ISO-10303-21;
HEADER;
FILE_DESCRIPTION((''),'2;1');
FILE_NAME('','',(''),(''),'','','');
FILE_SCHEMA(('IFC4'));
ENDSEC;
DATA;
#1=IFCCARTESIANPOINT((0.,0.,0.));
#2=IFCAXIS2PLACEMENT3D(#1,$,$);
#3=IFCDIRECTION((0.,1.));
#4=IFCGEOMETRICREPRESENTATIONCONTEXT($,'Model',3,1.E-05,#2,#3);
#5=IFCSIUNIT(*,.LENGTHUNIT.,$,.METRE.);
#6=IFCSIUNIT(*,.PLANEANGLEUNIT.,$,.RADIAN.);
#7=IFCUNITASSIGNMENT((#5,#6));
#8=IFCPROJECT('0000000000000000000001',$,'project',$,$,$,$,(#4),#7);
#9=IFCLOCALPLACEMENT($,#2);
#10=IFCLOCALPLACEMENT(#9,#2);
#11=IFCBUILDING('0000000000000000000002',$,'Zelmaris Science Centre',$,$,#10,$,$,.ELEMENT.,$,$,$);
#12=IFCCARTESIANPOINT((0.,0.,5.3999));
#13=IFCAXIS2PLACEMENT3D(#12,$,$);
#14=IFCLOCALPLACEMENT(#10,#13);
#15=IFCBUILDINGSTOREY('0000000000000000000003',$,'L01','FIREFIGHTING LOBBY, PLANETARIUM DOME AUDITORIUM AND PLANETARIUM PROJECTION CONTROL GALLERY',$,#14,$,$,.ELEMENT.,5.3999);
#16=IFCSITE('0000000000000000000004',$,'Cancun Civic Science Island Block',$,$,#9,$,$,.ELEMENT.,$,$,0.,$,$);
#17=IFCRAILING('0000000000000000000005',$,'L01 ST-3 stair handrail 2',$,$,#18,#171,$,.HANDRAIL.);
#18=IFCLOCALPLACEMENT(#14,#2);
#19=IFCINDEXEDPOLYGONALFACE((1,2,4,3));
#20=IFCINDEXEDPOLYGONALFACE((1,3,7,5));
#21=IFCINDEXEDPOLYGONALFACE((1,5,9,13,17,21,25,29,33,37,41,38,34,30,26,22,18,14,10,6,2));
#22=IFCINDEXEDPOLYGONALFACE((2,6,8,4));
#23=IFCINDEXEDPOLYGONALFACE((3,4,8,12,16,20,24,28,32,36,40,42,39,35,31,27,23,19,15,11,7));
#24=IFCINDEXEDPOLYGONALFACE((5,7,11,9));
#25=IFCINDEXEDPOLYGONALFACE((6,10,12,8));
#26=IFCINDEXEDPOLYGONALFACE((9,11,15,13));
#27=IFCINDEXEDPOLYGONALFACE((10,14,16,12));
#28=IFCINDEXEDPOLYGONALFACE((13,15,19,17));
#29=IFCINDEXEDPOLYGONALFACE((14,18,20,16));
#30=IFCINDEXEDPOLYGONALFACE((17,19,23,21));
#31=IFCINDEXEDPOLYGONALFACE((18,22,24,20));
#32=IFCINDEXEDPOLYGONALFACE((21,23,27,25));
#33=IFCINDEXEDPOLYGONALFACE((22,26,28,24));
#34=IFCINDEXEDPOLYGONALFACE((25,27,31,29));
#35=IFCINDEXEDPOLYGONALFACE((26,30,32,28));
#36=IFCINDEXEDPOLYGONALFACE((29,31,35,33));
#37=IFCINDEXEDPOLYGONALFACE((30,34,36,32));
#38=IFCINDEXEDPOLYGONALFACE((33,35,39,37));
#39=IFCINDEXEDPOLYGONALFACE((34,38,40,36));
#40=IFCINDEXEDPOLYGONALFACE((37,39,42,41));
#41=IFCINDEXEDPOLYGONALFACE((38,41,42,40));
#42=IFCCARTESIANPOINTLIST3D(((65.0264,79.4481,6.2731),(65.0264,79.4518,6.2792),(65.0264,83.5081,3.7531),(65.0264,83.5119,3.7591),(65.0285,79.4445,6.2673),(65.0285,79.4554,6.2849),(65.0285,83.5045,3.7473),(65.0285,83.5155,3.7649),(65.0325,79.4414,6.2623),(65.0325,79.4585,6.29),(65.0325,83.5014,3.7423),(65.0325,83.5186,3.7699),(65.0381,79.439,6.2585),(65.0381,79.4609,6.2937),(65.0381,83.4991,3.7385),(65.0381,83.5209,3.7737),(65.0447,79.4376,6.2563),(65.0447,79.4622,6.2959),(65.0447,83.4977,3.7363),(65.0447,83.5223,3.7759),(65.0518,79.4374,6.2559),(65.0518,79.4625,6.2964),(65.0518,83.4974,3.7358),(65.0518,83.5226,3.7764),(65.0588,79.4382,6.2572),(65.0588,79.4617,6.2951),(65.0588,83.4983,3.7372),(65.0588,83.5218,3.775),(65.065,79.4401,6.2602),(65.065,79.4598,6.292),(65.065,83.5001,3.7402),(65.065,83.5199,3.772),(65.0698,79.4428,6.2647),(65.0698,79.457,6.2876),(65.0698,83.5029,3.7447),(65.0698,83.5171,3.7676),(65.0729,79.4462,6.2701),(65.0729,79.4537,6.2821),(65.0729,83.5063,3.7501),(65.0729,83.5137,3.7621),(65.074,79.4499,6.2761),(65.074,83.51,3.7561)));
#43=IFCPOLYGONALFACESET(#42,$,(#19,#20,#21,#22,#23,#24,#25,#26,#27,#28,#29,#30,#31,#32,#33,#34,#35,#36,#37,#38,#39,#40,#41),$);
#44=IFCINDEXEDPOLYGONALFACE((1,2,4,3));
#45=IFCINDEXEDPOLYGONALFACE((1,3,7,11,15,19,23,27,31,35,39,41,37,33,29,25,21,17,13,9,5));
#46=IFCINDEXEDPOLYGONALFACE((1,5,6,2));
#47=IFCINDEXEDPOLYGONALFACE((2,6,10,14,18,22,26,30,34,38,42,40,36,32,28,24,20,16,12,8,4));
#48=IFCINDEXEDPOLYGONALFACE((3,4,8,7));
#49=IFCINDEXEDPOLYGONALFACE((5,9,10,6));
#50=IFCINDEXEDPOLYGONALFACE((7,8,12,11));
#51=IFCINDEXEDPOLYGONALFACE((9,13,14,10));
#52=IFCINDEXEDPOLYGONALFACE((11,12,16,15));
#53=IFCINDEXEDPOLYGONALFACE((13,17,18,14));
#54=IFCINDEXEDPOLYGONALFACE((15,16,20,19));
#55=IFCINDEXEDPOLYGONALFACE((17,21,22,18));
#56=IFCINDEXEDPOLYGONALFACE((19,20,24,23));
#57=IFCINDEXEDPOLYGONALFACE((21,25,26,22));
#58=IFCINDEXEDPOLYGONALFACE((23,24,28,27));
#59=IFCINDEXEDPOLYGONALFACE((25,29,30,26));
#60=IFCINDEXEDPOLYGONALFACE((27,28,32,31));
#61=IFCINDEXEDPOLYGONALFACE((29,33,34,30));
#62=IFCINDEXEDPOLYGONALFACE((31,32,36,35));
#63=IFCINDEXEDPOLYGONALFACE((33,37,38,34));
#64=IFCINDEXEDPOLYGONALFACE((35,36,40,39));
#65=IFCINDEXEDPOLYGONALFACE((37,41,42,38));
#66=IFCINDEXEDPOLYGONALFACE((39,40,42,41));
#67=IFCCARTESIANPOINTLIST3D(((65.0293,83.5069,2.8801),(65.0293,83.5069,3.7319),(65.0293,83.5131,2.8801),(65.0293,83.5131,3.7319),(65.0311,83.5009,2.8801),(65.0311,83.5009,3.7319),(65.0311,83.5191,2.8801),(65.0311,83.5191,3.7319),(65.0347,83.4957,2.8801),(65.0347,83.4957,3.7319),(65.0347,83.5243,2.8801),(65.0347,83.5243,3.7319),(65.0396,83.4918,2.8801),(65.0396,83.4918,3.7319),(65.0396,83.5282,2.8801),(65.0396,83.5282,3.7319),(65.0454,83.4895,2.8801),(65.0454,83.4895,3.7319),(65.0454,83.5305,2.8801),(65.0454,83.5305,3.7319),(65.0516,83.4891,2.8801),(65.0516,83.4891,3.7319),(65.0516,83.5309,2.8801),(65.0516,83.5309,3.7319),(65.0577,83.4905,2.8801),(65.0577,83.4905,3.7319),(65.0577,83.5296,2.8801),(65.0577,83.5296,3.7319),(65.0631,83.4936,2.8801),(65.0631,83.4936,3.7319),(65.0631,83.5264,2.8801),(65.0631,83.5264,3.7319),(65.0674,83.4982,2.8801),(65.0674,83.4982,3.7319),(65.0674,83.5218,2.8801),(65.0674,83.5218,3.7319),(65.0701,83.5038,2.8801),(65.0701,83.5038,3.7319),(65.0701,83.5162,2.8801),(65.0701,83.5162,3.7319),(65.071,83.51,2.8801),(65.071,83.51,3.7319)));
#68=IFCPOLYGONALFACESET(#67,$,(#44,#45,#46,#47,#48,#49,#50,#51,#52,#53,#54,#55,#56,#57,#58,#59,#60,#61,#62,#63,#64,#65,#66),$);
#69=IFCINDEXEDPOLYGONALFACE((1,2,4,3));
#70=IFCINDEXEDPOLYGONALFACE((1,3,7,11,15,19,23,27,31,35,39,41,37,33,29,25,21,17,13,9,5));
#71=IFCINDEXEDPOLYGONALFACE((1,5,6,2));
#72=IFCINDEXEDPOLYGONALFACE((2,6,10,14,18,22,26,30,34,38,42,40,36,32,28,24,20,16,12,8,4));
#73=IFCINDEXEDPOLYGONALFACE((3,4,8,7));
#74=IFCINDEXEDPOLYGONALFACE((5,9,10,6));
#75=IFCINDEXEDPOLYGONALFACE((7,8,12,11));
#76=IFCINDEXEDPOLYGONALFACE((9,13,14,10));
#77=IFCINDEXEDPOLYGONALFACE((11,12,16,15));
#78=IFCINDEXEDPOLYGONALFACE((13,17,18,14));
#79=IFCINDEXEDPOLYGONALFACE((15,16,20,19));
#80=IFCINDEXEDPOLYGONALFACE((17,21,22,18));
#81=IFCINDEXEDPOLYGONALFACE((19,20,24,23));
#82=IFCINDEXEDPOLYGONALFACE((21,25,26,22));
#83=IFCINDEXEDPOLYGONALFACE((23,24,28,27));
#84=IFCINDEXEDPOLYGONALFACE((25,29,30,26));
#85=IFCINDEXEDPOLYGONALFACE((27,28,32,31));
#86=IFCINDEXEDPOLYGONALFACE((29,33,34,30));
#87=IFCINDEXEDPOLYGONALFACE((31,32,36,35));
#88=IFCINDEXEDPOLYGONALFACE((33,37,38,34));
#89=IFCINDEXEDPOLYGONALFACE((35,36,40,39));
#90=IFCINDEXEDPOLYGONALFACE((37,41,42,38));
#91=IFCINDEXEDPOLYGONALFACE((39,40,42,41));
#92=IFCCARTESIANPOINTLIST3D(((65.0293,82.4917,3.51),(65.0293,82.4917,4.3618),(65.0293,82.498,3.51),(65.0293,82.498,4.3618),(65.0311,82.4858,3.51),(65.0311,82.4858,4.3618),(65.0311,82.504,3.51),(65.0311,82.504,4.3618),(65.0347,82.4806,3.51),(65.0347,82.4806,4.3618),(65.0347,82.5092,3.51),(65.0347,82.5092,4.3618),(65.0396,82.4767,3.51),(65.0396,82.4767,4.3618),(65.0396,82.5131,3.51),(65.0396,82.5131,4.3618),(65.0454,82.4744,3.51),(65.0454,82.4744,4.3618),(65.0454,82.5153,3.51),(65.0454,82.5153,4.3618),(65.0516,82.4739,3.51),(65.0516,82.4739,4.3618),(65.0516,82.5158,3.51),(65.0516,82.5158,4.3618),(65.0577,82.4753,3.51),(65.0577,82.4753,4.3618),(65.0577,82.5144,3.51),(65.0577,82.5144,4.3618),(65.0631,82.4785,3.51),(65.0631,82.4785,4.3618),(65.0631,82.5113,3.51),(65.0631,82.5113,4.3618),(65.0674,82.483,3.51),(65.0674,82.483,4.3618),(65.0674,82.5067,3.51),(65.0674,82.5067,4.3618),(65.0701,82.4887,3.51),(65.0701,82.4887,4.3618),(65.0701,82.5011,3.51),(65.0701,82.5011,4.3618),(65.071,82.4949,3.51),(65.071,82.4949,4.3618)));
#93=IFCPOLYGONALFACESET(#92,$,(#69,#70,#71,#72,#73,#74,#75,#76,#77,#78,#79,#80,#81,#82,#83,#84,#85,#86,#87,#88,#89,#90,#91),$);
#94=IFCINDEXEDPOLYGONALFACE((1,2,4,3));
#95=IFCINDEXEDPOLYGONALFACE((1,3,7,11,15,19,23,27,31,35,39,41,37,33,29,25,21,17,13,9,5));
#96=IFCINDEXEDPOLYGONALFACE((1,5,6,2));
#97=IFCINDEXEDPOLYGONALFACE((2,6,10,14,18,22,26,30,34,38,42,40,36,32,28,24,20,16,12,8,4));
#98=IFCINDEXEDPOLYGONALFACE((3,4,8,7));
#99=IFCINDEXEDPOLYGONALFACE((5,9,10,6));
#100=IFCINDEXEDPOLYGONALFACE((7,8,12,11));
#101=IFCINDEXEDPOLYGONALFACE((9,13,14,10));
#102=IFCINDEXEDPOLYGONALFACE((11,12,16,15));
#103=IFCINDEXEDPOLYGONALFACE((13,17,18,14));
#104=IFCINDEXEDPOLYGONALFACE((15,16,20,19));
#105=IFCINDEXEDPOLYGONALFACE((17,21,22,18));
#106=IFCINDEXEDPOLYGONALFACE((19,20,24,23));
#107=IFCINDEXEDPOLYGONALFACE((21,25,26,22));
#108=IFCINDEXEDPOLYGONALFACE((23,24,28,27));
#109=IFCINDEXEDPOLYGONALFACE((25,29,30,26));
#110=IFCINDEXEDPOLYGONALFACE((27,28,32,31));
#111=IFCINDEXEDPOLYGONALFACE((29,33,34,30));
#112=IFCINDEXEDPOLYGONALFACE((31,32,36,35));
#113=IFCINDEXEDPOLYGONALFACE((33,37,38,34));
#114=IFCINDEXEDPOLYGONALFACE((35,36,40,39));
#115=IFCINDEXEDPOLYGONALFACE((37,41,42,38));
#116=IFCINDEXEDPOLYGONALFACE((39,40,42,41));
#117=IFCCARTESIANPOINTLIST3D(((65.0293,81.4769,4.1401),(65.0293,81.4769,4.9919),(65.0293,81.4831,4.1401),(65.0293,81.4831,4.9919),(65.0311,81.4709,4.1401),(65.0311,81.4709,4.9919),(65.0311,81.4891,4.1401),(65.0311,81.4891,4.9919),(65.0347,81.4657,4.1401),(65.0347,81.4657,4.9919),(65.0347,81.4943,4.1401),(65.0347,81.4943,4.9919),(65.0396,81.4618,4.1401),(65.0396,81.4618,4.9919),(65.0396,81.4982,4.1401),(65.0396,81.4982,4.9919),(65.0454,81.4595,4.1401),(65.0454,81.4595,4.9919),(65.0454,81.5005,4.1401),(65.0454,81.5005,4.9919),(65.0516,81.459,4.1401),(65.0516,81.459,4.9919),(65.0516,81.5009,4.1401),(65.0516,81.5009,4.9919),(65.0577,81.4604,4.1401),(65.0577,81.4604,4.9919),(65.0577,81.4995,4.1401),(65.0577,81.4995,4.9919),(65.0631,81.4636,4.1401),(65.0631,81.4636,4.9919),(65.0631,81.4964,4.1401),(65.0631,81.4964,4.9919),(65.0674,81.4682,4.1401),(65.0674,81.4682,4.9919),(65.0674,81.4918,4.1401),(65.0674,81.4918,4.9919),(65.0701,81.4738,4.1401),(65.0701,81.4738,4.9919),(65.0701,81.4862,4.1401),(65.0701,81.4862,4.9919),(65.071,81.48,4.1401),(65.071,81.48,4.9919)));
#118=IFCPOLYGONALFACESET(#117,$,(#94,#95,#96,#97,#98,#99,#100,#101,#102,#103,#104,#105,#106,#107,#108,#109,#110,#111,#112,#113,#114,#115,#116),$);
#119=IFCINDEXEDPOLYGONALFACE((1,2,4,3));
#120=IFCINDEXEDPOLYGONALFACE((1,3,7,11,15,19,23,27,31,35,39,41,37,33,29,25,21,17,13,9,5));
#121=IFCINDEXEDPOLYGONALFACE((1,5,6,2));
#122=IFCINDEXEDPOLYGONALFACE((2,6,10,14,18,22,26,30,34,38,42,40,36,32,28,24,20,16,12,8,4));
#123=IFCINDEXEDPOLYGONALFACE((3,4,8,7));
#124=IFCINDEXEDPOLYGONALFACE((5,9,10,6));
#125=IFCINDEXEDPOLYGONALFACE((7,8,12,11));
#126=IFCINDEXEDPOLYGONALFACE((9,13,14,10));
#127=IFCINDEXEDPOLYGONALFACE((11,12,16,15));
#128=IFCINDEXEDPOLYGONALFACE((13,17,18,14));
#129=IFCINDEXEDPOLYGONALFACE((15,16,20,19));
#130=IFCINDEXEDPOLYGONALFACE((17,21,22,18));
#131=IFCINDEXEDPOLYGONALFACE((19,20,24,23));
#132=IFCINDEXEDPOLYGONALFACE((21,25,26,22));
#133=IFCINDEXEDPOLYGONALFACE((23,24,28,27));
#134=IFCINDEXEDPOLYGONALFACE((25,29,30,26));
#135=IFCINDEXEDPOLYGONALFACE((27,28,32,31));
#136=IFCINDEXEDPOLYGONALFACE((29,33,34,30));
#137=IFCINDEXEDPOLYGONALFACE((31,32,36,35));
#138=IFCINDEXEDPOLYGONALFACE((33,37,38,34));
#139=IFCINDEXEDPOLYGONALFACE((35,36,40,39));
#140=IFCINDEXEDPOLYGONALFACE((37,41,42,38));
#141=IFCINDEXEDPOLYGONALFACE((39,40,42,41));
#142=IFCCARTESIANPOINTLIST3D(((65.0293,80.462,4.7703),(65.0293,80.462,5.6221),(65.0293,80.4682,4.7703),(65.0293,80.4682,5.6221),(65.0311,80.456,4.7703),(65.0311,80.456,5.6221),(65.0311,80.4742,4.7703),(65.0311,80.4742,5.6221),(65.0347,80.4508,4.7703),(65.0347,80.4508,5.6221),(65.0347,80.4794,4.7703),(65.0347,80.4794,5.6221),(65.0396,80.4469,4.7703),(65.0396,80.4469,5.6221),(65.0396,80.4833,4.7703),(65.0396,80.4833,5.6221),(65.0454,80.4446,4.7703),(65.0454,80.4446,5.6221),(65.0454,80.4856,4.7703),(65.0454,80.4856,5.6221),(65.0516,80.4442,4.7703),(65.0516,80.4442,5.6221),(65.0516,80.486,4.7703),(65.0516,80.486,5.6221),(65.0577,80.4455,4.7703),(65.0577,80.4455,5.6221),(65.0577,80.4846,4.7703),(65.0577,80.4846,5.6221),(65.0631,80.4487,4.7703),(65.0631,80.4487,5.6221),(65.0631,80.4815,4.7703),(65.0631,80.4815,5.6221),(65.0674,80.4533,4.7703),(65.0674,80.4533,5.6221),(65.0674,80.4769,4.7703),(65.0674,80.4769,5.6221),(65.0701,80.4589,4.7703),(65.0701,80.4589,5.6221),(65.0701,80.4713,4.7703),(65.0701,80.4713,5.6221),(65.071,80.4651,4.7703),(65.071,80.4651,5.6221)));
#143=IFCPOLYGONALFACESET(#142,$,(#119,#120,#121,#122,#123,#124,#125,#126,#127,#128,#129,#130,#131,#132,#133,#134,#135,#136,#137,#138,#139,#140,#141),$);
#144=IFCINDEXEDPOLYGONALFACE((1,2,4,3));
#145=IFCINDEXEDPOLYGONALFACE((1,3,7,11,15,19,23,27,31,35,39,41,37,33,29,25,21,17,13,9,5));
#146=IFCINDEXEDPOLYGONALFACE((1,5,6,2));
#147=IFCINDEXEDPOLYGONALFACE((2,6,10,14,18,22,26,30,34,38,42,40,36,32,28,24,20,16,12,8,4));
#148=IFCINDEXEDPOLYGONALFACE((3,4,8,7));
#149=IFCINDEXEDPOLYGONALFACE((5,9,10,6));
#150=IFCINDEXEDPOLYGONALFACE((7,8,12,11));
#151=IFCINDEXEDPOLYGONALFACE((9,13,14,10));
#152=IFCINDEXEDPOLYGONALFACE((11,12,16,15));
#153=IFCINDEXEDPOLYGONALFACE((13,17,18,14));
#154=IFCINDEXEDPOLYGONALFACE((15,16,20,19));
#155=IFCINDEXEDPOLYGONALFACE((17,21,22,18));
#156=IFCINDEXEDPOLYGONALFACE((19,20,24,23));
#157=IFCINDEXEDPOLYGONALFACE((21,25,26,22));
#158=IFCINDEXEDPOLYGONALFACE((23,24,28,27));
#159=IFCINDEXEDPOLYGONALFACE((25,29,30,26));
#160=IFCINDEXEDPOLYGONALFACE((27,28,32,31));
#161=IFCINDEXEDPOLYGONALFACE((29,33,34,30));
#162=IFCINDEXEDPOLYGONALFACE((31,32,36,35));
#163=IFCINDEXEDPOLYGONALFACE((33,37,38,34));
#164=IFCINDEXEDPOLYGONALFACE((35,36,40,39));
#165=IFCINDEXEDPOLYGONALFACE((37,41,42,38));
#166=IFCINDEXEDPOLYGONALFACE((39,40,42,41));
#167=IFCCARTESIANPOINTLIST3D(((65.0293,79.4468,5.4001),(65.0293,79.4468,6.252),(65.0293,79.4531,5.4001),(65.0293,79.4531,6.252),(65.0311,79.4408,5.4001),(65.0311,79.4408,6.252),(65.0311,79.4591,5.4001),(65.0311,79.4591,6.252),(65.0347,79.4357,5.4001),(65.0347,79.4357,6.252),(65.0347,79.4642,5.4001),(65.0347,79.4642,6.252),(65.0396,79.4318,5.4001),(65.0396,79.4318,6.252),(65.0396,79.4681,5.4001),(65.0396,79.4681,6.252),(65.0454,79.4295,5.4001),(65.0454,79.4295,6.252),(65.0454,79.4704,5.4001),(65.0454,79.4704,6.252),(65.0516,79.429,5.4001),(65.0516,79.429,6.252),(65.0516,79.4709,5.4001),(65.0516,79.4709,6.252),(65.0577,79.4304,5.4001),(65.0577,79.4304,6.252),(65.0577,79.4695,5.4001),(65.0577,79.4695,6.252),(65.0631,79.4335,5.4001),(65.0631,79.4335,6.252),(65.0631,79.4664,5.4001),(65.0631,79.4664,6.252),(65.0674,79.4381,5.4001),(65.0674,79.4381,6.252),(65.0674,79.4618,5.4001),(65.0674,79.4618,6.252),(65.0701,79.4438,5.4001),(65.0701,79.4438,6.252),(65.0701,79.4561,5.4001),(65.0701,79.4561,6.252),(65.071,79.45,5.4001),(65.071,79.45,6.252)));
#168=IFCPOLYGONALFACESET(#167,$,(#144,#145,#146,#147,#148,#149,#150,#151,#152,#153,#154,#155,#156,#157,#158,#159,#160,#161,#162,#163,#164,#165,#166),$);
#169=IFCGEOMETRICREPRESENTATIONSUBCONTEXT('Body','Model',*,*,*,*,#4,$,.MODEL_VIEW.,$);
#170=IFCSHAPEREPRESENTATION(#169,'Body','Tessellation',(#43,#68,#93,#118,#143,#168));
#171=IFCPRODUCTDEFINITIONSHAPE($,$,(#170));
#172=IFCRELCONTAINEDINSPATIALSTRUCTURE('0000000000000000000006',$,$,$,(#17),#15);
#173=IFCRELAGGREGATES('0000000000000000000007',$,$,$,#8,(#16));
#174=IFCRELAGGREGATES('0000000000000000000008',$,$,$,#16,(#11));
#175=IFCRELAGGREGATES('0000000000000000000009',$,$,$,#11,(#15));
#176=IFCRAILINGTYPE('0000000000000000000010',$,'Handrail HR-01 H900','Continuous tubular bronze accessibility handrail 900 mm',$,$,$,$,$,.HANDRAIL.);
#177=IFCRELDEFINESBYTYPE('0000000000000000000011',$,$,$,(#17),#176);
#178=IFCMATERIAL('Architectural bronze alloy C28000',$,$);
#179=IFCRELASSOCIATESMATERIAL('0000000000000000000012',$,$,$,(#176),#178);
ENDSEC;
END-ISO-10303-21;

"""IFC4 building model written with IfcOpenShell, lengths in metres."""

from ifc_helpers import new_model, si_unit, direction, frame, origin, origin_2d, place, context, subcontext, project, spatial, circle, extrude, material, type_object, element, save


model = new_model("IFC4")

# Units and contexts
model_context = context("Model", 3, precision=1e-05, world=origin(), true_north=direction((0.0, 1.0)))
body_context = subcontext(model_context, "Body", "Model", "MODEL_VIEW")
ifc_project = project(units=[si_unit("LENGTHUNIT", "METRE"), si_unit("PLANEANGLEUNIT", "RADIAN")], contexts=[model_context])

# Site, building, storey
site_placement = place(None, origin())
site = spatial("IfcSite", under=ifc_project, at=site_placement, Name="Cancun Civic Science Island Block", CompositionType="ELEMENT", RefElevation=0.0)
building_placement = place(site_placement, origin())
building = spatial("IfcBuilding", under=site, at=building_placement, Name="Zelmaris Science Centre", CompositionType="ELEMENT")
storey_placement = place(building_placement, frame((0.0, 0.0, 5.3999)))
storey = spatial("IfcBuildingStorey", under=building, at=storey_placement, Name="L01", Description="FIREFIGHTING LOBBY, PLANETARIUM DOME AUDITORIUM AND PLANETARIUM PROJECTION CONTROL GALLERY", CompositionType="ELEMENT", Elevation=5.3999)

# Railing
ifc_material_1 = material(Name="Architectural bronze alloy C28000")
railing_type_1 = type_object("IfcRailingType", Name="Handrail HR-01 H900", Description="Continuous tubular bronze accessibility handrail 900 mm", PredefinedType="HANDRAIL", material=ifc_material_1)
railing_1_placement = place(storey_placement, frame((65.05, 83.51, 2.8801)))
element("IfcRailing", 1, at=railing_1_placement, inside=storey, type_object=railing_type_1, Name="L01 ST-3 stair handrail 2", PredefinedType="HANDRAIL", context=body_context, shape_type="SweptSolid", body=[
    extrude(circle(Radius=0.0239, at=origin_2d()), frame((0.0, 0.0, 0.876), z_axis=(0.0, -0.849642, 0.52736), x_axis=(1.0, 0.0, 0.0)), (0.0, 0.0, 1.0), 4.7786),
    extrude(circle(Radius=0.021, at=origin_2d()), origin(), (0.0, 0.0, 1.0), 0.8518),
    extrude(circle(Radius=0.021, at=origin_2d()), frame((0.0, -1.0151, 0.6299)), (0.0, 0.0, 1.0), 0.8518),
    extrude(circle(Radius=0.021, at=origin_2d()), frame((0.0, -2.03, 1.26)), (0.0, 0.0, 1.0), 0.8518),
    extrude(circle(Radius=0.021, at=origin_2d()), frame((0.0, -3.0449, 1.8901)), (0.0, 0.0, 1.0), 0.8518),
    extrude(circle(Radius=0.021, at=origin_2d()), frame((0.0, -4.0601, 2.52)), (0.0, 0.0, 1.0), 0.8518),
])

save(model, "model.ifc")
